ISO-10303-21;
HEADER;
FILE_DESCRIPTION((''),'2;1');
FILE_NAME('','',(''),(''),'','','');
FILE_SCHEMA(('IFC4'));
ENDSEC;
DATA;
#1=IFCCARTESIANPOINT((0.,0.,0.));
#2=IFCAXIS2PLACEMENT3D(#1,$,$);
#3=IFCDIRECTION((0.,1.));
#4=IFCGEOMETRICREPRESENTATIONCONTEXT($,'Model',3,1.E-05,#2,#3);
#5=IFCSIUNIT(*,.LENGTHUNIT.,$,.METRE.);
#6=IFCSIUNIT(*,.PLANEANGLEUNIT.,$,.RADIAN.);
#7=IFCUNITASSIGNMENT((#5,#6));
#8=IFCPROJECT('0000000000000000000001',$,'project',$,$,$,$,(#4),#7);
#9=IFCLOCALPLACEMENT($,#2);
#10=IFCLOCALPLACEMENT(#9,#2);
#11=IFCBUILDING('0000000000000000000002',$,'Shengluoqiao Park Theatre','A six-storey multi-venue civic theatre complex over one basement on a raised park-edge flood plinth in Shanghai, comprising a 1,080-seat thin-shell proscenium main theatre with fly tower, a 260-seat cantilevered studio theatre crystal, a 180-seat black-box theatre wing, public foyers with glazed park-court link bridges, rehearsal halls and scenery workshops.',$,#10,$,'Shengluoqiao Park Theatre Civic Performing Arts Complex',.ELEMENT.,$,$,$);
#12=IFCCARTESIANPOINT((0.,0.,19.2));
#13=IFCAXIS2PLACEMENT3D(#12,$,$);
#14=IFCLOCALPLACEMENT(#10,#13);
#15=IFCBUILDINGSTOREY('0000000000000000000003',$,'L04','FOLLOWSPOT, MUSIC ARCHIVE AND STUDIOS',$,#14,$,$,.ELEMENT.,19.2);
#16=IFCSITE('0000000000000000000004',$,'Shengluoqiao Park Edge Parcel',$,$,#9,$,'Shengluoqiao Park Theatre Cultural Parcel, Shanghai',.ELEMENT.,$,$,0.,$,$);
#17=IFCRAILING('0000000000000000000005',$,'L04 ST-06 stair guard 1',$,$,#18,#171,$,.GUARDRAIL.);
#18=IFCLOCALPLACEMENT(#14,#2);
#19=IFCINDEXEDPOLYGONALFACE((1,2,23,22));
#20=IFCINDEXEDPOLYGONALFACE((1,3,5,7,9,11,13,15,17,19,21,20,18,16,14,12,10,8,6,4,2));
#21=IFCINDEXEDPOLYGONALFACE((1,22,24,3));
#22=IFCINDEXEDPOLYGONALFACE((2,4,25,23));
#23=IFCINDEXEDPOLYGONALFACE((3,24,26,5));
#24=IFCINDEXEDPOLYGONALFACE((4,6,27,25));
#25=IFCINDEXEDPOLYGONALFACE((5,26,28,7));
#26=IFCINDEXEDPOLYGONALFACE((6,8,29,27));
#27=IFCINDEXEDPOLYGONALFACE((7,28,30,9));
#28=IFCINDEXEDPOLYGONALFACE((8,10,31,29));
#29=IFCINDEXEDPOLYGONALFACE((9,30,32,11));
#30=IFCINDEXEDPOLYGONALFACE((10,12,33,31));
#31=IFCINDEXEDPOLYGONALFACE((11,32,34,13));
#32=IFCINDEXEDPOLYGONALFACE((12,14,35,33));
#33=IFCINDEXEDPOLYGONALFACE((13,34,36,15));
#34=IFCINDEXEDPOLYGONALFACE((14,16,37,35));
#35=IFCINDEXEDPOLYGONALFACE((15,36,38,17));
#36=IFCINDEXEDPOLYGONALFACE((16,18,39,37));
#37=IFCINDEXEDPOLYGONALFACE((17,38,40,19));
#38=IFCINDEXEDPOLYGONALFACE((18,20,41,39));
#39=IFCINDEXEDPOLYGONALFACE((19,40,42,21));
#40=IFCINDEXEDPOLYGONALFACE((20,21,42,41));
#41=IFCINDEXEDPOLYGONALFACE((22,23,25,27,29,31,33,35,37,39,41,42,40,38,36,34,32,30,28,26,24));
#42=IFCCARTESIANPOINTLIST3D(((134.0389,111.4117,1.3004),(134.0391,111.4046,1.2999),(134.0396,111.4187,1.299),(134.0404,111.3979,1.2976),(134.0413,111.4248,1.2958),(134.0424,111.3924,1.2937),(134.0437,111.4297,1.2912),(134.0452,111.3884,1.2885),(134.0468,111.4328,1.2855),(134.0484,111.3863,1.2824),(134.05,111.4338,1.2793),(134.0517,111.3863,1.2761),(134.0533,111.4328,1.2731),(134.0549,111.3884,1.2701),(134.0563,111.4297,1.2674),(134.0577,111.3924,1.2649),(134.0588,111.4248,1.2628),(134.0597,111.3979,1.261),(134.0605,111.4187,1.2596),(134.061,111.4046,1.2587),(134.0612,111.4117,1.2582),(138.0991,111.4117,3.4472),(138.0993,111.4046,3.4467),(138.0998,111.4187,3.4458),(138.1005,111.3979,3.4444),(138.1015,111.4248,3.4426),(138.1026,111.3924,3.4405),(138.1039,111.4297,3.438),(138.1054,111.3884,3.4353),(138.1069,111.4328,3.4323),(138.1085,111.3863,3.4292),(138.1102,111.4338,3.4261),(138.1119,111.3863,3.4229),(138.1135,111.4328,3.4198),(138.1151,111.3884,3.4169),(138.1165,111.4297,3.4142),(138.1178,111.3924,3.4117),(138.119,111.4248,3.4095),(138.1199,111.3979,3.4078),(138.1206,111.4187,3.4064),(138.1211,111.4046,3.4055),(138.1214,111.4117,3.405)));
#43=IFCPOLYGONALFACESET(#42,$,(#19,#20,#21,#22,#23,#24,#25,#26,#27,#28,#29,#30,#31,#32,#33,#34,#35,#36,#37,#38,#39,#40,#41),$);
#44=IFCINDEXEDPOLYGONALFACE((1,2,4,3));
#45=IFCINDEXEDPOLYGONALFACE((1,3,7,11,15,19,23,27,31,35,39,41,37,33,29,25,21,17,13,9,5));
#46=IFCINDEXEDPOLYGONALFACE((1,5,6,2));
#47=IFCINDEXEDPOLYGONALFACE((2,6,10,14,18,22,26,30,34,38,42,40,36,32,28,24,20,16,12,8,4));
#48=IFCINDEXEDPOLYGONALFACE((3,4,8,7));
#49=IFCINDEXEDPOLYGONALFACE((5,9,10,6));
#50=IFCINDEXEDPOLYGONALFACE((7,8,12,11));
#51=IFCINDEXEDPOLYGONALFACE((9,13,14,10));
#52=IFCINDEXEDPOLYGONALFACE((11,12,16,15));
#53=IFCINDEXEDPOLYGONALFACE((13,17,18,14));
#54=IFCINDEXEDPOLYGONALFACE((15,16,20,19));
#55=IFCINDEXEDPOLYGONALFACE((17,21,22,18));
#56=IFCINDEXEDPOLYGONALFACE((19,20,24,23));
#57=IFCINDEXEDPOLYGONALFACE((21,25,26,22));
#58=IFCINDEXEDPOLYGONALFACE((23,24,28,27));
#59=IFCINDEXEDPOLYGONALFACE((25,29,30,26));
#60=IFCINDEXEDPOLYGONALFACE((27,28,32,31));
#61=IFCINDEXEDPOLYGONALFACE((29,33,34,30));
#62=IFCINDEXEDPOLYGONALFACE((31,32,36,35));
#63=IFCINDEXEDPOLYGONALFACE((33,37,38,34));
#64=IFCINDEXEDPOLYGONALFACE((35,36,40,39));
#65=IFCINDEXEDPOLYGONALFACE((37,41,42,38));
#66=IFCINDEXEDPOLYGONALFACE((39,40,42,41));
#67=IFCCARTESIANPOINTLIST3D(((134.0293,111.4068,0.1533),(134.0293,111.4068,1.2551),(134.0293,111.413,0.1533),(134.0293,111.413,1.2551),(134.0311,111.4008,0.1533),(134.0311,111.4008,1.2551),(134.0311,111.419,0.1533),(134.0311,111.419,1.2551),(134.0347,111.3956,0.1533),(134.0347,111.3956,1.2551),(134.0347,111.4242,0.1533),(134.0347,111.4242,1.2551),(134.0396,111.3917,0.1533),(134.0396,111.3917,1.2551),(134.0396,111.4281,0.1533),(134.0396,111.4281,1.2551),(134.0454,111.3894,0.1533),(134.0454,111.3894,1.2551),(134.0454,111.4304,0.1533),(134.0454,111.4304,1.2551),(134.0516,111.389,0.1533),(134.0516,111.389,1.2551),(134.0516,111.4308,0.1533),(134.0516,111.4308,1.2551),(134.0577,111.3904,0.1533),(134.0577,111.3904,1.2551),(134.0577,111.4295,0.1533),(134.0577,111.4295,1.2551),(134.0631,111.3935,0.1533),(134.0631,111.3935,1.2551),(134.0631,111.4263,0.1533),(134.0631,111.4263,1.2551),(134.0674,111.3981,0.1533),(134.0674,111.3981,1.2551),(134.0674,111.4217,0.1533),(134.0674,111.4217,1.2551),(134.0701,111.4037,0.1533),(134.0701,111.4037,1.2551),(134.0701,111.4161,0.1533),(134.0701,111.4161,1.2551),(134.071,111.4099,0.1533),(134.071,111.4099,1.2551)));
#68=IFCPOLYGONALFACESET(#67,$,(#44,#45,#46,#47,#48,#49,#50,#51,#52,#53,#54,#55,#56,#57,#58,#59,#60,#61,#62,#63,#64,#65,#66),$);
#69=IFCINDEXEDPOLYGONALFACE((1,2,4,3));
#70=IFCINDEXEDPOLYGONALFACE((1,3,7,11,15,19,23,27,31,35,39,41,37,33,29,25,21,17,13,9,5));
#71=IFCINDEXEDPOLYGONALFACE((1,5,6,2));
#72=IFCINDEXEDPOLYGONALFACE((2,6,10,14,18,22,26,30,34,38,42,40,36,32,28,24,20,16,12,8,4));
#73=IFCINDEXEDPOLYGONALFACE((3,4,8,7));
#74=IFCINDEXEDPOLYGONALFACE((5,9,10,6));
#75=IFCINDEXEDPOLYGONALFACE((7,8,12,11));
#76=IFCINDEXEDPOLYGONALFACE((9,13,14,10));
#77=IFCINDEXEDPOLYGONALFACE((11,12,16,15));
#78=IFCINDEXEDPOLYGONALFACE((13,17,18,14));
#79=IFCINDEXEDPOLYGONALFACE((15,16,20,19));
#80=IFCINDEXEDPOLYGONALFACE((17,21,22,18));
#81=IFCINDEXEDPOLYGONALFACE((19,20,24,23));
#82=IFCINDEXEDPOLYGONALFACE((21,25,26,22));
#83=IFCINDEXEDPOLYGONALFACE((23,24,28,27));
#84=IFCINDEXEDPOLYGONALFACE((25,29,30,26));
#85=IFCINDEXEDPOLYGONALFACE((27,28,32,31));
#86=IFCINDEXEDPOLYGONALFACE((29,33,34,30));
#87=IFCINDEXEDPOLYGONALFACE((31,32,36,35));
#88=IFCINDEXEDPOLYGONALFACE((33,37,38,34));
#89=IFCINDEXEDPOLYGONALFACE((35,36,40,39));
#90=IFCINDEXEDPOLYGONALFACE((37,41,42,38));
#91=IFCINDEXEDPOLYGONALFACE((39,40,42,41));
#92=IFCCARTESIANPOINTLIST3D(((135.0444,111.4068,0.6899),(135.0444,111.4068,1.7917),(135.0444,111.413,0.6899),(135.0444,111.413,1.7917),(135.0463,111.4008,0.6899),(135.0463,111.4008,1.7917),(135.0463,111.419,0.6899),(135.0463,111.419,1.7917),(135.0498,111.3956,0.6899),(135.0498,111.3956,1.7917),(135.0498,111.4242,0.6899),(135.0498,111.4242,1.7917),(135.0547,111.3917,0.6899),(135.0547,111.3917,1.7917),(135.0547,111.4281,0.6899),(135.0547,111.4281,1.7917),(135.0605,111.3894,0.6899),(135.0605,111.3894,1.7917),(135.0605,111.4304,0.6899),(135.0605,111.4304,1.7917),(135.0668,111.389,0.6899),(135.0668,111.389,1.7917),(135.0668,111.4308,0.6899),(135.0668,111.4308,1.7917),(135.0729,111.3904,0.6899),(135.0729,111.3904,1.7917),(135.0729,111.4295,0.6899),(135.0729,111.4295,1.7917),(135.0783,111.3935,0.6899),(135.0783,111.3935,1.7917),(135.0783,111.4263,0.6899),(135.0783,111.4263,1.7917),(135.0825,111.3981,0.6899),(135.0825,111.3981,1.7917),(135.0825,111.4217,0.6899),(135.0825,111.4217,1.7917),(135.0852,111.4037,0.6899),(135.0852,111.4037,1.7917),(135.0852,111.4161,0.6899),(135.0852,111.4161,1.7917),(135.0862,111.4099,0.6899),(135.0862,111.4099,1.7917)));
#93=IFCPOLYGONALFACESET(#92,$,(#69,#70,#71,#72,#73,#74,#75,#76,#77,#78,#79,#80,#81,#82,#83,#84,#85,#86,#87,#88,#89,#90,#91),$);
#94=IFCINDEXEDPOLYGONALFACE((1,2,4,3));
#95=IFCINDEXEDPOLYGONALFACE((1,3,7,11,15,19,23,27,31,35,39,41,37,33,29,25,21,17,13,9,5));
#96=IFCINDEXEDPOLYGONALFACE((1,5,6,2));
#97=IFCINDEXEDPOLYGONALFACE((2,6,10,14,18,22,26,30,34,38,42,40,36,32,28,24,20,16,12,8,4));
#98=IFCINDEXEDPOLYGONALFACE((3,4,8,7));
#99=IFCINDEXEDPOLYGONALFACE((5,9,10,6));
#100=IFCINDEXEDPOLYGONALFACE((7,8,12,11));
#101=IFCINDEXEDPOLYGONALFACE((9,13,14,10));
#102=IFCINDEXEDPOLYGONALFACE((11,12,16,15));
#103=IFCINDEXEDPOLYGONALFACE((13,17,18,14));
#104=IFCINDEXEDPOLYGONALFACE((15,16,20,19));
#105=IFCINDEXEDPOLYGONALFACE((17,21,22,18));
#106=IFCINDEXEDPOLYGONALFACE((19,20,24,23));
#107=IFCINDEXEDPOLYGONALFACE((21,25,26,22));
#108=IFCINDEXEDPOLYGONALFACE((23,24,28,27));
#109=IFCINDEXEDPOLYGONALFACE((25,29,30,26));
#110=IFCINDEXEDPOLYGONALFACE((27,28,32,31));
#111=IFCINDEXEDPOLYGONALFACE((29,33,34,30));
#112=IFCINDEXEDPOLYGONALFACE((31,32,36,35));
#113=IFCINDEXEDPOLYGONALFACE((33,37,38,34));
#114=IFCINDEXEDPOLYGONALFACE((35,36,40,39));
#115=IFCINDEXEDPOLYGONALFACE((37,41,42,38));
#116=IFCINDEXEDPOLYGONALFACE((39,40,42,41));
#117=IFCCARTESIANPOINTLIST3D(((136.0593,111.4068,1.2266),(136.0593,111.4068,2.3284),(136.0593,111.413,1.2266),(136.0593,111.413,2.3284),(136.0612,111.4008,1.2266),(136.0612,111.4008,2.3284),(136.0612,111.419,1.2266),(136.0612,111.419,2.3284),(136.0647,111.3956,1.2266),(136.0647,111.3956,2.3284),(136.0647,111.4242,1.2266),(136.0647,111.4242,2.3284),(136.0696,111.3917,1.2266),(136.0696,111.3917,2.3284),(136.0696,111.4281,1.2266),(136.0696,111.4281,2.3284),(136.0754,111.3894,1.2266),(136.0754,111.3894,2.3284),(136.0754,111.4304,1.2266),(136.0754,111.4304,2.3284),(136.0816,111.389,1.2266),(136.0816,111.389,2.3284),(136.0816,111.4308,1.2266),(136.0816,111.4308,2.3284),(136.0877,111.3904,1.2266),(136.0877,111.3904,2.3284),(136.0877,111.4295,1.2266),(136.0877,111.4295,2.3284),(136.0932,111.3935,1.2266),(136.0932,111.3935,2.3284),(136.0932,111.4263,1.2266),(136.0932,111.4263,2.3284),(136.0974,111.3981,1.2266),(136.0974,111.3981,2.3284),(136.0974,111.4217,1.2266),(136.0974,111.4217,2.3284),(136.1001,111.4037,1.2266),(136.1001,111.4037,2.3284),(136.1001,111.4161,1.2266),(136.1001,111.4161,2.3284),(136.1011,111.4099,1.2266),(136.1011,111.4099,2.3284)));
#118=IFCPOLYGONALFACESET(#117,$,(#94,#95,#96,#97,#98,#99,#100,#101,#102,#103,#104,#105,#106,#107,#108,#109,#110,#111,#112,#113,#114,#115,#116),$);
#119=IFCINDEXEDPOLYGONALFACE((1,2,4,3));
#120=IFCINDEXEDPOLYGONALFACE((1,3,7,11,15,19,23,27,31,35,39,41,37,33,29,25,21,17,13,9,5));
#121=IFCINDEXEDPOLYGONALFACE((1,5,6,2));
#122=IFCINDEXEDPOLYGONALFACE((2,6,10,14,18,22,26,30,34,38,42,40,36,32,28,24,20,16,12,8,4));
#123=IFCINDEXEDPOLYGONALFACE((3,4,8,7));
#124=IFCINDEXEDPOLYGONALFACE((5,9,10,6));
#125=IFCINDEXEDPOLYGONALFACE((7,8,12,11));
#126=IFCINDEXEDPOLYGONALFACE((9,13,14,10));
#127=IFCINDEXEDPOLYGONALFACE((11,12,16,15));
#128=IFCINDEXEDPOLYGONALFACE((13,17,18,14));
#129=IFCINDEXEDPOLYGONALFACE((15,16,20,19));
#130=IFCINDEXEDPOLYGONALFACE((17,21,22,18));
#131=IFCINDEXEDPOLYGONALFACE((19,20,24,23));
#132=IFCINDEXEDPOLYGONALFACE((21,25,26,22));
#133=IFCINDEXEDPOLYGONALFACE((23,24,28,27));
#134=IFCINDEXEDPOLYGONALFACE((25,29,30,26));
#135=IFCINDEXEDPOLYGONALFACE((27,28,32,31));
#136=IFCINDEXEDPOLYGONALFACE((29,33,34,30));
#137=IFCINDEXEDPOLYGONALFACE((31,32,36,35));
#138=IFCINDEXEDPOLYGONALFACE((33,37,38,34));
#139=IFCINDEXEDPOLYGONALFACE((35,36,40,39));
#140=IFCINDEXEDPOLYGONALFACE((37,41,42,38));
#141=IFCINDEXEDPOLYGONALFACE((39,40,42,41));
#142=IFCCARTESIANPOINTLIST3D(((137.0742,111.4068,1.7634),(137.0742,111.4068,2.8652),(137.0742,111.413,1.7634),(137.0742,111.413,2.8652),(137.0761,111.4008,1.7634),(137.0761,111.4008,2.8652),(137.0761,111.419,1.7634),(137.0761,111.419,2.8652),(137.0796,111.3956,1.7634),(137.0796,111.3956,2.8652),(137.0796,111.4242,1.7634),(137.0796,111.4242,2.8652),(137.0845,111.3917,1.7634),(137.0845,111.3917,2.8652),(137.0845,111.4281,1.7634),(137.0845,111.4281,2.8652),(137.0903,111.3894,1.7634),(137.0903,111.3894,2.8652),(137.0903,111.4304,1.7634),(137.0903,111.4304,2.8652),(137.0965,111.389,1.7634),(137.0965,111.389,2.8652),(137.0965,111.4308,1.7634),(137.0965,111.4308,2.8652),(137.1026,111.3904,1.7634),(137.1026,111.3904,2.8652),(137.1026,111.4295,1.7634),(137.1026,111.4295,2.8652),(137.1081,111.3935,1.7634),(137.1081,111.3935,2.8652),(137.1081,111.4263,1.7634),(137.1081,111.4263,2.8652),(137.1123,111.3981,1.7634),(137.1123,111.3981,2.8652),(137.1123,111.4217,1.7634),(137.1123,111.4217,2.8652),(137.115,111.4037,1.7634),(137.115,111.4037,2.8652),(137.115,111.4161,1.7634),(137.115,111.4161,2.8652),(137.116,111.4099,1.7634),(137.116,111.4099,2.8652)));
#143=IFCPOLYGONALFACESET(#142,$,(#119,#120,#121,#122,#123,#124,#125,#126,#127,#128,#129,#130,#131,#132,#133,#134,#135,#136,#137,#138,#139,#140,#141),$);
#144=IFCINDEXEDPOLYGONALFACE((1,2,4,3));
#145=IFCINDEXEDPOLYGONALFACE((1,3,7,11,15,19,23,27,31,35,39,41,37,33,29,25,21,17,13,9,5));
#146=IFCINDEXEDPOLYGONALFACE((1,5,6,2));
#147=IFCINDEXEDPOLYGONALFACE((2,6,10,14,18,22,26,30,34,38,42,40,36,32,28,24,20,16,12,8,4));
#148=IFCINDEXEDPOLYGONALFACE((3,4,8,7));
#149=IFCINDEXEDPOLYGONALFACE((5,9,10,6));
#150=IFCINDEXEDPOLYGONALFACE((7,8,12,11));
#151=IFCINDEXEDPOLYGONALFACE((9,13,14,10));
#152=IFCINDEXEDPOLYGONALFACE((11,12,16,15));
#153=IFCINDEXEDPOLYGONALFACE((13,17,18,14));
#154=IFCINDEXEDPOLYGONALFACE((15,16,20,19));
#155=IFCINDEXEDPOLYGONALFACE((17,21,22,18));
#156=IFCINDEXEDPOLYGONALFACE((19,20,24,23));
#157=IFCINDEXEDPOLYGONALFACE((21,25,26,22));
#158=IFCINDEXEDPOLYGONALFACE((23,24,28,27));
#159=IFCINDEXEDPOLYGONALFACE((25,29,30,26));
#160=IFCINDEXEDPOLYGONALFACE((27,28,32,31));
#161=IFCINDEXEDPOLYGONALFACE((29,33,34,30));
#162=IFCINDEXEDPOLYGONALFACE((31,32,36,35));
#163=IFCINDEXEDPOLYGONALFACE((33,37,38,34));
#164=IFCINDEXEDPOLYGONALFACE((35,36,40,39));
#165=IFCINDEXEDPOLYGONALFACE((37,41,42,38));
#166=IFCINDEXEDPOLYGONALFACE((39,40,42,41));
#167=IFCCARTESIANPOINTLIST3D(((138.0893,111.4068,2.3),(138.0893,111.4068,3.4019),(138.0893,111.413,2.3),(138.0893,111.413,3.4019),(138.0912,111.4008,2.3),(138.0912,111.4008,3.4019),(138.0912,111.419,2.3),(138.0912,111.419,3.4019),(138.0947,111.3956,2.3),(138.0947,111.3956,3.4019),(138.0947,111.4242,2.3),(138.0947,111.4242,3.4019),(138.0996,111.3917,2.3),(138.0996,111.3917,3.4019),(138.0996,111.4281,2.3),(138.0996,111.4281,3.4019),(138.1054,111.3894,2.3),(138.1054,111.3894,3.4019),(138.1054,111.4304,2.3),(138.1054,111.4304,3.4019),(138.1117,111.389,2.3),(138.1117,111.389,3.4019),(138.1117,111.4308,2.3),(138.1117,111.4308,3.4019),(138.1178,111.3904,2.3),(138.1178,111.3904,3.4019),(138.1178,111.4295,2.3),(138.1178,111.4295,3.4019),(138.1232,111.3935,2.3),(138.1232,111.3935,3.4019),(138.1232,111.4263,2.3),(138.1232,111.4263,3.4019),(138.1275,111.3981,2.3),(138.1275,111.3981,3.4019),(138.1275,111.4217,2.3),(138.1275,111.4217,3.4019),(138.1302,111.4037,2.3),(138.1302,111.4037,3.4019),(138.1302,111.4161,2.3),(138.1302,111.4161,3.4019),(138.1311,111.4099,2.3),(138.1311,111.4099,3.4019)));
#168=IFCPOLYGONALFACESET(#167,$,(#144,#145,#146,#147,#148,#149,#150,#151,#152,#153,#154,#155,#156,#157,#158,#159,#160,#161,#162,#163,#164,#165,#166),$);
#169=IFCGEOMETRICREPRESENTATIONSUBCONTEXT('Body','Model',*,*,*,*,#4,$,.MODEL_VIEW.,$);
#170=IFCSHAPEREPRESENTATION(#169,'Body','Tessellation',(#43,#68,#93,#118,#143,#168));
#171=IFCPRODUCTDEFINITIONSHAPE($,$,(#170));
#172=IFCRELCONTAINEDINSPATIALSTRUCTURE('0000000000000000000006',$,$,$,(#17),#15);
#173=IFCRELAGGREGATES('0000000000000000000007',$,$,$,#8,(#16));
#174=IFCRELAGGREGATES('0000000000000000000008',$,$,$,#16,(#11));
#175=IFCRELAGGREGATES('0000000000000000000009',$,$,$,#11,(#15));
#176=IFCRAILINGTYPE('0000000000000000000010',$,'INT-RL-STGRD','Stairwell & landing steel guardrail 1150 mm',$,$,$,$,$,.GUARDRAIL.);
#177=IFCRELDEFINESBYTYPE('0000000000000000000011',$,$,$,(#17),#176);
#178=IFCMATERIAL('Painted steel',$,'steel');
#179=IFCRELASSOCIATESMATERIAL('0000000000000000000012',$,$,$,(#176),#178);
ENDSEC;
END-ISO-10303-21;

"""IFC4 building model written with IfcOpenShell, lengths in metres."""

from ifc_helpers import new_model, si_unit, direction, frame, origin, origin_2d, place, context, subcontext, project, spatial, circle, extrude, material, type_object, element, save


model = new_model("IFC4")

# Units and contexts
model_context = context("Model", 3, precision=1e-05, world=origin(), true_north=direction((0.0, 1.0)))
body_context = subcontext(model_context, "Body", "Model", "MODEL_VIEW")
ifc_project = project(units=[si_unit("LENGTHUNIT", "METRE"), si_unit("PLANEANGLEUNIT", "RADIAN")], contexts=[model_context])

# Site, building, storey
site_placement = place(None, origin())
site = spatial("IfcSite", under=ifc_project, at=site_placement, Name="Shengluoqiao Park Edge Parcel", LongName="Shengluoqiao Park Theatre Cultural Parcel, Shanghai", CompositionType="ELEMENT", RefElevation=0.0)
building_placement = place(site_placement, origin())
building = spatial("IfcBuilding", under=site, at=building_placement, Name="Shengluoqiao Park Theatre", Description="A six-storey multi-venue civic theatre complex over one basement on a raised park-edge flood plinth in Shanghai, comprising a 1,080-seat thin-shell proscenium main theatre with fly tower, a 260-seat cantilevered studio theatre crystal, a 180-seat black-box theatre wing, public foyers with glazed park-court link bridges, rehearsal halls and scenery workshops.", LongName="Shengluoqiao Park Theatre Civic Performing Arts Complex", CompositionType="ELEMENT")
storey_placement = place(building_placement, frame((0.0, 0.0, 19.2)))
storey = spatial("IfcBuildingStorey", under=building, at=storey_placement, Name="L04", Description="FOLLOWSPOT, MUSIC ARCHIVE AND STUDIOS", CompositionType="ELEMENT", Elevation=19.2)

# Railing
ifc_material_1 = material(Name="Painted steel", Category="steel")
railing_type_1 = type_object("IfcRailingType", Name="INT-RL-STGRD", Description="Stairwell & landing steel guardrail 1150 mm", PredefinedType="GUARDRAIL", material=ifc_material_1)
railing_1_placement = place(storey_placement, frame((134.05, 111.4099, 0.1533)))
element("IfcRailing", 1, at=railing_1_placement, inside=storey, type_object=railing_type_1, Name="L04 ST-06 stair guard 1", PredefinedType="GUARDRAIL", context=body_context, shape_type="SweptSolid", body=[
    extrude(circle(Radius=0.0239, at=origin_2d()), frame((0.0, 0.0, 1.126), z_axis=(0.884032, 0.0, 0.467426), x_axis=(0.0, 1.0, 0.0)), (0.0, 0.0, 1.0), 4.5928),
    extrude(circle(Radius=0.021, at=origin_2d()), origin(), (0.0, 0.0, 1.0), 1.1018),
    extrude(circle(Radius=0.021, at=origin_2d()), frame((1.0151, 0.0, 0.5366)), (0.0, 0.0, 1.0), 1.1018),
    extrude(circle(Radius=0.021, at=origin_2d()), frame((2.03, 0.0, 1.0732)), (0.0, 0.0, 1.0), 1.1018),
    extrude(circle(Radius=0.021, at=origin_2d()), frame((3.0449, 0.0, 1.6101)), (0.0, 0.0, 1.0), 1.1018),
    extrude(circle(Radius=0.021, at=origin_2d()), frame((4.0601, 0.0, 2.1467)), (0.0, 0.0, 1.0), 1.1018),
])

save(model, "model.ifc")
